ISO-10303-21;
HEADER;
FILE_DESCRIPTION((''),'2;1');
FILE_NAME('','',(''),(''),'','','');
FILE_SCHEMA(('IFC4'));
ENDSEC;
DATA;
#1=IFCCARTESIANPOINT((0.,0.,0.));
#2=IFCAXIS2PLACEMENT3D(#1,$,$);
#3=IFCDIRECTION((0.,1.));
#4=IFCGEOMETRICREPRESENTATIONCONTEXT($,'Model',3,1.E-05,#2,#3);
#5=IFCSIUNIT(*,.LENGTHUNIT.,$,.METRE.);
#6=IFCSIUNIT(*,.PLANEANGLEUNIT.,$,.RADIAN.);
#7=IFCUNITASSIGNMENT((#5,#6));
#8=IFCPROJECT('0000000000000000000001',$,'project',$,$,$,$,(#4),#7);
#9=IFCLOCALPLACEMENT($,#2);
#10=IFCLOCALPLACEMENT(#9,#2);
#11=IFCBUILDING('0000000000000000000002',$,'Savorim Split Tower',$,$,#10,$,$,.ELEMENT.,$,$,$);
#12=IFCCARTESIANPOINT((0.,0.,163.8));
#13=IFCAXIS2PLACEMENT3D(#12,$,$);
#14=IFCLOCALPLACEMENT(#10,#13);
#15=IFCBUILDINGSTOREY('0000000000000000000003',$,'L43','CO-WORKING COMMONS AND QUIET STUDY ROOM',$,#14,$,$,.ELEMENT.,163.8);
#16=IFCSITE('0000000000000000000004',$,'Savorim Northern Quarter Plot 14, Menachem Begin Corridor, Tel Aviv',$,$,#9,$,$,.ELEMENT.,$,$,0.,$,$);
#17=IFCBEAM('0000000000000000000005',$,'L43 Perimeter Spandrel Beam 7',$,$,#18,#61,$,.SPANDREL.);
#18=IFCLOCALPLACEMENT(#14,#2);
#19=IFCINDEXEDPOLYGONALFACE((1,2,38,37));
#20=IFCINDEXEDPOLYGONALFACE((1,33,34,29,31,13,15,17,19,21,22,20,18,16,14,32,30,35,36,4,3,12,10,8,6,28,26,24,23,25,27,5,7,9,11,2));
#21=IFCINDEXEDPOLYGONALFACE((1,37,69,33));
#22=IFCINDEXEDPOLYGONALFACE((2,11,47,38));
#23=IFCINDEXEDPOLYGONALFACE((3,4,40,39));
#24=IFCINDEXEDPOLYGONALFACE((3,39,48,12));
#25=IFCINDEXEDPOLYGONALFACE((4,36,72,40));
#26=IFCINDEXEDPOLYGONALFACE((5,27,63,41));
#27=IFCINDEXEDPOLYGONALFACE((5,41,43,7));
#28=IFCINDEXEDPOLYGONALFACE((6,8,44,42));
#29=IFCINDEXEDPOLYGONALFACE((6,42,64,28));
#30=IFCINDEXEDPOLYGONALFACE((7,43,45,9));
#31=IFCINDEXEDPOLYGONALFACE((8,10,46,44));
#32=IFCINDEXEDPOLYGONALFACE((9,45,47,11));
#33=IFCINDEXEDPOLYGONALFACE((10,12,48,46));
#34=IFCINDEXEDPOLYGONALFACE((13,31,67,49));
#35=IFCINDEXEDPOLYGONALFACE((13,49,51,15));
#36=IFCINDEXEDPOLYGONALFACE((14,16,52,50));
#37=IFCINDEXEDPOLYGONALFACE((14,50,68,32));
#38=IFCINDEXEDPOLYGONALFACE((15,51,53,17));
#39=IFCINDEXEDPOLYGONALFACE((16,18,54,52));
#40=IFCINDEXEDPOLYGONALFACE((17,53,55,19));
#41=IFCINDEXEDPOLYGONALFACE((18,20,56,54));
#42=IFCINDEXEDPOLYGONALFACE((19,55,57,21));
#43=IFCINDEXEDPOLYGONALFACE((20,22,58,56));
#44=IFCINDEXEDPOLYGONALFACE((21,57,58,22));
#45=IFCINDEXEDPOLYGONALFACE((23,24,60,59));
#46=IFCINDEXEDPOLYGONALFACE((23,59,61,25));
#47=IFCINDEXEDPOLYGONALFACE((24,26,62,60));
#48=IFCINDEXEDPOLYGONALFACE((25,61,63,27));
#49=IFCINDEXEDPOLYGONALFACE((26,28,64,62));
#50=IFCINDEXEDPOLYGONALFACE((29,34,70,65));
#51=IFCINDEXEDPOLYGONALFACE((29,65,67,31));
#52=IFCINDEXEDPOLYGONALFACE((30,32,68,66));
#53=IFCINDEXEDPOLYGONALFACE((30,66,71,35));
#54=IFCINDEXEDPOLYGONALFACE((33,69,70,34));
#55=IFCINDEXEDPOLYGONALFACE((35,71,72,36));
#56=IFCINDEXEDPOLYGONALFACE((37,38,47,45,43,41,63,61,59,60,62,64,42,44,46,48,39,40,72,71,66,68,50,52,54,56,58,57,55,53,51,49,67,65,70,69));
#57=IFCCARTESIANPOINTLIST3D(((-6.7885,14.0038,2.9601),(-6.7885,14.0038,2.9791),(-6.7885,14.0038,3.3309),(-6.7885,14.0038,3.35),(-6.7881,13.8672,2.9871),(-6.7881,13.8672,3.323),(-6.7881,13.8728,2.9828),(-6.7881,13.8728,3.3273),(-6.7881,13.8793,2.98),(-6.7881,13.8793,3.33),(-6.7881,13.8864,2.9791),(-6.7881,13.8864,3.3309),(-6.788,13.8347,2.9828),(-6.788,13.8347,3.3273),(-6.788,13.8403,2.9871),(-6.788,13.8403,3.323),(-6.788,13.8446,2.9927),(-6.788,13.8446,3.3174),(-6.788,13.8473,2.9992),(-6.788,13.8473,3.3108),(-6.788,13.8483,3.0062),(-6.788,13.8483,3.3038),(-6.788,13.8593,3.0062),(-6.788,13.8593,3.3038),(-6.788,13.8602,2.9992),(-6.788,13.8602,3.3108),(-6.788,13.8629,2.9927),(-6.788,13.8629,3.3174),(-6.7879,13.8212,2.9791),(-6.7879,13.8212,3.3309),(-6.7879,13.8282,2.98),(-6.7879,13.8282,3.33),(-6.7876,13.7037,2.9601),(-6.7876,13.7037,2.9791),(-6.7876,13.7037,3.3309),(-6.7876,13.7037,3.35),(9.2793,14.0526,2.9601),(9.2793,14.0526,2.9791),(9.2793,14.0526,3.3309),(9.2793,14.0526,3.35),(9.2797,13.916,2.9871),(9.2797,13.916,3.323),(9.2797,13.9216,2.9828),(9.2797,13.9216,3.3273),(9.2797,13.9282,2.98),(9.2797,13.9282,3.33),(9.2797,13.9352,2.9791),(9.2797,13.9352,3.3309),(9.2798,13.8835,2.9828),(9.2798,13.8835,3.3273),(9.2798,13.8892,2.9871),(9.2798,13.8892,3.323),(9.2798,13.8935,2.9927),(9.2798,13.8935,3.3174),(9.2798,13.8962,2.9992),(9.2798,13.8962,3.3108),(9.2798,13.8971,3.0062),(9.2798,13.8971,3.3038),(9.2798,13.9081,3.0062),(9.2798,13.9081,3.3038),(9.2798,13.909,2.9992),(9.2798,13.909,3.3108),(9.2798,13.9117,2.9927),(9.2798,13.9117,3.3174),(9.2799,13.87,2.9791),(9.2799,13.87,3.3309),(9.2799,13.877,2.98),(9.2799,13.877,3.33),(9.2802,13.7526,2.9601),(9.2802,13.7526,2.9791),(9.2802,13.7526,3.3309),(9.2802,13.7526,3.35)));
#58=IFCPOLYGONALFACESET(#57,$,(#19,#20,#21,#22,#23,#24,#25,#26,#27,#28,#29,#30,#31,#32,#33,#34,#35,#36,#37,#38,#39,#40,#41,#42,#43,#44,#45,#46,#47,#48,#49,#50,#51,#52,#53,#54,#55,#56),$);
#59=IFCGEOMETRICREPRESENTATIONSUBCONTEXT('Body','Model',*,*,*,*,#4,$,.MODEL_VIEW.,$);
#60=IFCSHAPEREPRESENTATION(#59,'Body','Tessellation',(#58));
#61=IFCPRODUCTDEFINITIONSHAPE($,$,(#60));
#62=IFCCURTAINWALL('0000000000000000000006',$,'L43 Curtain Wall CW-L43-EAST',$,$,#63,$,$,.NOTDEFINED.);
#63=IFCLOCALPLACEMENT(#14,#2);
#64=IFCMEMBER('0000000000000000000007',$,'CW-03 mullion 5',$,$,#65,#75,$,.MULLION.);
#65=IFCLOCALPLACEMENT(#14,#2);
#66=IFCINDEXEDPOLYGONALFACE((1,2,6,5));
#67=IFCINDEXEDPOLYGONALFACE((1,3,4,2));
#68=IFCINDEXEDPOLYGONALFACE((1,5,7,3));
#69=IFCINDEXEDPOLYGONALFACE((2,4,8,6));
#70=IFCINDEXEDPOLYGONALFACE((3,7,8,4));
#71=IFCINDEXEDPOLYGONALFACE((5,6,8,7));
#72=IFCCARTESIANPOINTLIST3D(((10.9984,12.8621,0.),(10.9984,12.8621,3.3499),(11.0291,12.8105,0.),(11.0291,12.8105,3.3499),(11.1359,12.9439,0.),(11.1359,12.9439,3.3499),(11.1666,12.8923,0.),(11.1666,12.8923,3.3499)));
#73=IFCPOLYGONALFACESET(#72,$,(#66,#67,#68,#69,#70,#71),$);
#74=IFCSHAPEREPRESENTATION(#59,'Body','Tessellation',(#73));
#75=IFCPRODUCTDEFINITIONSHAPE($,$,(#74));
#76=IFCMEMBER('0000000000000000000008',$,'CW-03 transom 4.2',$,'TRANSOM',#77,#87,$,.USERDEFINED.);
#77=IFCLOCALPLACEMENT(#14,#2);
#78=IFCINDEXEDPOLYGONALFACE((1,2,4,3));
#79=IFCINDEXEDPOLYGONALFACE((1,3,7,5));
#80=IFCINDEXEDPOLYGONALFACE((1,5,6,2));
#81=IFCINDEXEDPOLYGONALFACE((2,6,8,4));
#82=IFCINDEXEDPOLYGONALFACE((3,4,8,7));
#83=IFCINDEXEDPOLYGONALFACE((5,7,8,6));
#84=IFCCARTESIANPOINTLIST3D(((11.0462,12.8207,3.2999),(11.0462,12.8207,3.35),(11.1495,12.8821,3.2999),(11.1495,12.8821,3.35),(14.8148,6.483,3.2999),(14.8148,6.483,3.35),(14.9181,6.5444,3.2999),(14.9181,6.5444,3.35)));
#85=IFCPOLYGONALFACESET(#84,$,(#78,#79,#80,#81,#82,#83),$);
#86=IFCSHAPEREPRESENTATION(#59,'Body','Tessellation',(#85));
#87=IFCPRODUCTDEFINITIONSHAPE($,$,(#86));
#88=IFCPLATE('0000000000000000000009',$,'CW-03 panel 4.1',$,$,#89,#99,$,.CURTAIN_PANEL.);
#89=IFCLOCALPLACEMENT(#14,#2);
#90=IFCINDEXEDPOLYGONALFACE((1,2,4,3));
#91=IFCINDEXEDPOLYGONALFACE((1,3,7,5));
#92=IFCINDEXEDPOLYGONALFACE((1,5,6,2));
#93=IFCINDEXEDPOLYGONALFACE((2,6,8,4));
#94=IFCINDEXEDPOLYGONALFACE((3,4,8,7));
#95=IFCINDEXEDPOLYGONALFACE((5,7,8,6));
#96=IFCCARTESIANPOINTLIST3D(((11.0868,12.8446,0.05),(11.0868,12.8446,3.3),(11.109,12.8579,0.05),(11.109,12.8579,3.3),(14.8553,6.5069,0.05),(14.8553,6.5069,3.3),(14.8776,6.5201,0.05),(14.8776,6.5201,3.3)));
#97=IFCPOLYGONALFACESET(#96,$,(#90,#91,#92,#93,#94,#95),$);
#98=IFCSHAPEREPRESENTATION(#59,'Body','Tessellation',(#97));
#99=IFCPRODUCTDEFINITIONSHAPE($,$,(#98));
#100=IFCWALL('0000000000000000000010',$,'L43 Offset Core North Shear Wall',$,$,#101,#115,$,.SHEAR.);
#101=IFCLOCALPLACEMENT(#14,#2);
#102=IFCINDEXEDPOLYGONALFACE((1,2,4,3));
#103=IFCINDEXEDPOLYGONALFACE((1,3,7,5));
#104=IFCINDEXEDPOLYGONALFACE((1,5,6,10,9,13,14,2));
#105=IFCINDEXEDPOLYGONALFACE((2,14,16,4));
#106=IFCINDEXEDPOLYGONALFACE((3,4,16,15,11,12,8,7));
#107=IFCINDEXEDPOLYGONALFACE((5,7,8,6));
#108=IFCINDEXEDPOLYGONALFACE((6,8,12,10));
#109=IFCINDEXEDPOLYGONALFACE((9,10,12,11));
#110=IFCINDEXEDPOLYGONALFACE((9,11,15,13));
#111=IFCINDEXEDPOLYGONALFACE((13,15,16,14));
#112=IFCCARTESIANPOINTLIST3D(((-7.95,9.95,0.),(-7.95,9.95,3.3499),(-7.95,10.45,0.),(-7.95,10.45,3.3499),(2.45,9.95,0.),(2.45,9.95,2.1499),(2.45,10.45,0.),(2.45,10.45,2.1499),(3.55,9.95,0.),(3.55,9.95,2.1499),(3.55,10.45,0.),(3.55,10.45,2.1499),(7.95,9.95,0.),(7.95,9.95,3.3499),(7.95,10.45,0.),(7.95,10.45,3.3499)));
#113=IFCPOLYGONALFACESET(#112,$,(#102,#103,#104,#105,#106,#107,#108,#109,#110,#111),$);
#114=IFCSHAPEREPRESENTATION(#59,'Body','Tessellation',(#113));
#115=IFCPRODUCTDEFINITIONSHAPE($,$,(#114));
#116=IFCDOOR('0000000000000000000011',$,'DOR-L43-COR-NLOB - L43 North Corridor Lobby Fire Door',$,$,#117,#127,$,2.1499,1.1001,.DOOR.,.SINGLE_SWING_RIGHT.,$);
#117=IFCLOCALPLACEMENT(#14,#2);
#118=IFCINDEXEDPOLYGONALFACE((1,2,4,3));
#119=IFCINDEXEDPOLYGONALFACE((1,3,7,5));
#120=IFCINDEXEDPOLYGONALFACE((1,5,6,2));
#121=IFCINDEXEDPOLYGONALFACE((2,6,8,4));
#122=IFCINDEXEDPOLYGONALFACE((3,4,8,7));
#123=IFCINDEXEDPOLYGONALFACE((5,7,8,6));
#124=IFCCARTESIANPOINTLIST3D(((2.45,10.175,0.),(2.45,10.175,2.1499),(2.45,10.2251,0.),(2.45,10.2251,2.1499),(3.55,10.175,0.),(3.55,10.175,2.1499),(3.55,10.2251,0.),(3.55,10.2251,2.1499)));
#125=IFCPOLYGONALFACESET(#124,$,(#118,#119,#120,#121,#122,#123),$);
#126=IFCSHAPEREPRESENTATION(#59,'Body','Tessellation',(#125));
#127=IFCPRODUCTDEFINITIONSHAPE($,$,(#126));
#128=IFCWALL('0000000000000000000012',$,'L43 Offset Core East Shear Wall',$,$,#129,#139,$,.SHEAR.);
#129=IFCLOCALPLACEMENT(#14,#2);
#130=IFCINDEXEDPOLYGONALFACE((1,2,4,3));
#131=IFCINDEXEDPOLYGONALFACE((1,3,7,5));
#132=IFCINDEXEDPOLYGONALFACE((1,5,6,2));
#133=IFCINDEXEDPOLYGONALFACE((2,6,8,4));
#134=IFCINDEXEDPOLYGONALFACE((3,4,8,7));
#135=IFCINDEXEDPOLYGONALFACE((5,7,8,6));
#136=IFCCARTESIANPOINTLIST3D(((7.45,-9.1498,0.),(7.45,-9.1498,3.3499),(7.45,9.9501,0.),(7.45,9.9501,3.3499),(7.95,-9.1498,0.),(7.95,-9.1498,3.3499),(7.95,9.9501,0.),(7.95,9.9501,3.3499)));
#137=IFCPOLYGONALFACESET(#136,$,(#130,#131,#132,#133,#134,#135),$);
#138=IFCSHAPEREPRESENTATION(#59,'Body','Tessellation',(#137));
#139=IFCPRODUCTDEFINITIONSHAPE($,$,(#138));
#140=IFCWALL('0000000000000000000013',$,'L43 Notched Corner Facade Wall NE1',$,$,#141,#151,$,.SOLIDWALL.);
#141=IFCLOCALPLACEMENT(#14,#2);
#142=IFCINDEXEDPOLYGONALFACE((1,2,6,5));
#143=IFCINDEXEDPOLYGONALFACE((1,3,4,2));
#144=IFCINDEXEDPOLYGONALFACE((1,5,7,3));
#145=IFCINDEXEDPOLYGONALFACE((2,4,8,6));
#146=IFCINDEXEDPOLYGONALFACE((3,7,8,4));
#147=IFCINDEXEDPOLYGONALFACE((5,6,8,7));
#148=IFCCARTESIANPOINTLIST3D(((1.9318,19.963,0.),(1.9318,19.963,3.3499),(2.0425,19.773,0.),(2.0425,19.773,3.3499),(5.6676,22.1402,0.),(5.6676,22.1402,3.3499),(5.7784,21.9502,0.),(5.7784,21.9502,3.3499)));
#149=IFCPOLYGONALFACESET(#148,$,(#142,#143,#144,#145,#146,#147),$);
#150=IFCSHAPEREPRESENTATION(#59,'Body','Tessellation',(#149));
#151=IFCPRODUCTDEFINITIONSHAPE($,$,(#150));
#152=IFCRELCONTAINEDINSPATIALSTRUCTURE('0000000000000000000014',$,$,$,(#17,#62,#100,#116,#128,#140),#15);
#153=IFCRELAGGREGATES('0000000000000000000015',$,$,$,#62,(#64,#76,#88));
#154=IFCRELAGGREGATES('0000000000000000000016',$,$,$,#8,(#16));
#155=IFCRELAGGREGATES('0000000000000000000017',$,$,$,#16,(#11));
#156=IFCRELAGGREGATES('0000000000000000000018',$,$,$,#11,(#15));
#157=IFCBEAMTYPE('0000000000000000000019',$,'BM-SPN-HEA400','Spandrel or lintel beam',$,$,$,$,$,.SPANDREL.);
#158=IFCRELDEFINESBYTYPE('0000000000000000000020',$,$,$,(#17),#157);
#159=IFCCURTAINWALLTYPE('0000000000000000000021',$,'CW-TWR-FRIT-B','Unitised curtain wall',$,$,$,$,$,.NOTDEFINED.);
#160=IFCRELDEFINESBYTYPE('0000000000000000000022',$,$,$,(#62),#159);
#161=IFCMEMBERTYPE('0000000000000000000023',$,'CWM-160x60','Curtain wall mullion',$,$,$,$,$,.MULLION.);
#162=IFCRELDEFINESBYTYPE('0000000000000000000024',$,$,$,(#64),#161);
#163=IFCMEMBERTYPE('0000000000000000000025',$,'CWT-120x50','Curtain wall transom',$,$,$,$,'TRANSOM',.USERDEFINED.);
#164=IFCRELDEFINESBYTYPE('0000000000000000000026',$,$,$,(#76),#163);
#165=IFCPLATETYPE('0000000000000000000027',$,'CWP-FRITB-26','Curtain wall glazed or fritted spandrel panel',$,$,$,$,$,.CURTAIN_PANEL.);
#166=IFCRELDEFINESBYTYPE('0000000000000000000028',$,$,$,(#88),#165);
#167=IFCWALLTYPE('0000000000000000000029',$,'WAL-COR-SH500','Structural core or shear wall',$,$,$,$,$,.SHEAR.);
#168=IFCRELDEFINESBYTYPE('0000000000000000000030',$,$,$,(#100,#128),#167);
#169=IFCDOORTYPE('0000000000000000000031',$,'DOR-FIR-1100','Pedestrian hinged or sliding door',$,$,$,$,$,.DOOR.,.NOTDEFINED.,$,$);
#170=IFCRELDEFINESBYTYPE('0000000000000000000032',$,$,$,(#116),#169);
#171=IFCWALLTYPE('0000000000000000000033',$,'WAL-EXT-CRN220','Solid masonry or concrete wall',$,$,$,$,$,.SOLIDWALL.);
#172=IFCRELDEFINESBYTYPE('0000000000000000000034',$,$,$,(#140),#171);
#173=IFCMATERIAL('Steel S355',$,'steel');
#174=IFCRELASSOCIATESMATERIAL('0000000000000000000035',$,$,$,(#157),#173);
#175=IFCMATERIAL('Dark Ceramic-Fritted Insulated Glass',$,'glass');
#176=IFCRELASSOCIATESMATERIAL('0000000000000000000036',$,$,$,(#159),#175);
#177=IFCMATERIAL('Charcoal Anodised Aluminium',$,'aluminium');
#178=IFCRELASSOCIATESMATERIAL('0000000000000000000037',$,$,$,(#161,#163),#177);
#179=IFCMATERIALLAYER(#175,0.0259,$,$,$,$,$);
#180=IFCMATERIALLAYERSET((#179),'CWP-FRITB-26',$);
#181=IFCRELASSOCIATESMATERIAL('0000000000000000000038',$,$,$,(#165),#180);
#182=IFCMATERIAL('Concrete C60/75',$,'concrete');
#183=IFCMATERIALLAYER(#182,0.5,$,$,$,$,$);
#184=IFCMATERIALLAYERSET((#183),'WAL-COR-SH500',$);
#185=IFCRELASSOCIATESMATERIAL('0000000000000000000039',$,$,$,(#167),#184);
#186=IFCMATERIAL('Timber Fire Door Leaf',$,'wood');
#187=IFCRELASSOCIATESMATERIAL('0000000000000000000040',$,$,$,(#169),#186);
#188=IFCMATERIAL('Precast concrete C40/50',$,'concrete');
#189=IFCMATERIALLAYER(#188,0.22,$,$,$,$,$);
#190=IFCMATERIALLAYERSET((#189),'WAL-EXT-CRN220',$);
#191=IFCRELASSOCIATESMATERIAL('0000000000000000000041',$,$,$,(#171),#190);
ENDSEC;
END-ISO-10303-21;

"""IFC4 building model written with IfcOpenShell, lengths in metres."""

from ifc_helpers import new_model, si_unit, direction, frame, frame_2d, origin, origin_2d, place, context, subcontext, project, spatial, rectangle, i_section, extrude, material, layer, layer_set, material_profile, profile_set, type_object, element, fill, aggregate, save


model = new_model("IFC4")

# Units and contexts
model_context = context("Model", 3, precision=1e-05, world=origin(), true_north=direction((0.0, 1.0)))
body_context = subcontext(model_context, "Body", "Model", "MODEL_VIEW")
ifc_project = project(units=[si_unit("LENGTHUNIT", "METRE"), si_unit("PLANEANGLEUNIT", "RADIAN")], contexts=[model_context])

# Site, building, storey
site_placement = place(None, origin())
site = spatial("IfcSite", under=ifc_project, at=site_placement, Name="Savorim Northern Quarter Plot 14, Menachem Begin Corridor, Tel Aviv", CompositionType="ELEMENT", RefElevation=0.0)
building_placement = place(site_placement, origin())
building = spatial("IfcBuilding", under=site, at=building_placement, Name="Savorim Split Tower", CompositionType="ELEMENT")
storey_placement = place(building_placement, frame((0.0, 0.0, 163.8)))
storey = spatial("IfcBuildingStorey", under=building, at=storey_placement, Name="L43", Description="CO-WORKING COMMONS AND QUIET STUDY ROOM", CompositionType="ELEMENT", Elevation=163.8)

# Beam
ifc_material_1 = material(Name="Steel S355", Category="steel")
ifc_material_profile_1 = material_profile(ifc_material_1, i_section(OverallWidth=0.3, OverallDepth=0.3899, WebThickness=0.011, FlangeThickness=0.019, FilletRadius=0.0271, at=origin_2d()), Name="HEA 400")
ifc_profile_set_1 = profile_set([ifc_material_profile_1], Name="Steel S355")
beam_type_1 = type_object("IfcBeamType", Name="BM-SPN-HEA400", Description="Spandrel or lintel beam", PredefinedType="SPANDREL", material=ifc_profile_set_1)
beam_1_placement = place(storey_placement, frame((9.2798, 13.9026, 3.155), z_axis=(-0.999995, -0.003039, 0.0), x_axis=(0.003039, -0.999995, 0.0)))
element("IfcBeam", 1, at=beam_1_placement, inside=storey, type_object=beam_type_1, Name="L43 Perimeter Spandrel Beam 7", PredefinedType="SPANDREL", context=body_context, shape_type="SweptSolid", body=[
    extrude(i_section(OverallWidth=0.3, OverallDepth=0.3899, WebThickness=0.011, FlangeThickness=0.019, FilletRadius=0.0271, at=origin_2d()), origin(), (0.0, 0.0, 1.0), 16.0679),
])

# Curtain wall, members, plate
ifc_material_2 = material(Name="Dark Ceramic-Fritted Insulated Glass", Category="glass")
curtain_wall_type = type_object("IfcCurtainWallType", Name="CW-TWR-FRIT-B", Description="Unitised curtain wall", PredefinedType="NOTDEFINED", material=ifc_material_2)
curtain_wall_placement = place(storey_placement, origin())
curtain_wall = element("IfcCurtainWall", 2, at=curtain_wall_placement, inside=storey, type_object=curtain_wall_type, Name="L43 Curtain Wall CW-L43-EAST", PredefinedType="NOTDEFINED")
ifc_material_3 = material(Name="Charcoal Anodised Aluminium", Category="aluminium")
ifc_material_profile_2 = material_profile(ifc_material_3, rectangle(XDim=0.1599, YDim=0.0601, at=origin_2d()), Name="ALU-M 160x60")
ifc_profile_set_2 = profile_set([ifc_material_profile_2], Name="Charcoal Anodised Aluminium")
member_type_1 = type_object("IfcMemberType", Name="CWM-160x60", Description="Curtain wall mullion", PredefinedType="MULLION", material=ifc_profile_set_2)
member_1_placement = place(storey_placement, frame((11.0825, 12.8772, 0.0), z_axis=(0.0, 0.0, 1.0), x_axis=(-0.859525, -0.511094, 0.0)))
member_1 = element("IfcMember", 3, at=member_1_placement, type_object=member_type_1, Name="CW-03 mullion 5", PredefinedType="MULLION", context=body_context, shape_type="SweptSolid", body=[
    extrude(rectangle(XDim=0.1599, YDim=0.0601, at=origin_2d()), origin(), (0.0, 0.0, 1.0), 3.3499),
])
ifc_material_profile_3 = material_profile(ifc_material_3, rectangle(XDim=0.1201, YDim=0.05, at=origin_2d()), Name="ALU-T 120x50")
ifc_profile_set_3 = profile_set([ifc_material_profile_3], Name="Charcoal Anodised Aluminium")
member_type_2 = type_object("IfcMemberType", Name="CWT-120x50", Description="Curtain wall transom", ElementType="TRANSOM", PredefinedType="USERDEFINED", material=ifc_profile_set_3)
member_2_placement = place(storey_placement, frame((14.8665, 6.5137, 3.325), z_axis=(-0.511098, 0.859523, 0.0), x_axis=(-0.859523, -0.511098, 0.0)))
member_2 = element("IfcMember", 4, at=member_2_placement, type_object=member_type_2, Name="CW-03 transom 4.2", ObjectType="TRANSOM", PredefinedType="USERDEFINED", context=body_context, shape_type="SweptSolid", body=[
    extrude(rectangle(XDim=0.1201, YDim=0.05, at=origin_2d()), origin(), (0.0, 0.0, 1.0), 7.3735),
])
ifc_layer_1 = layer(ifc_material_2, 0.0259)
ifc_layer_set_1 = layer_set([ifc_layer_1], Name="CWP-FRITB-26")
plate_type = type_object("IfcPlateType", Name="CWP-FRITB-26", Description="Curtain wall glazed or fritted spandrel panel", PredefinedType="CURTAIN_PANEL", material=ifc_layer_set_1)
plate_placement = place(storey_placement, frame((12.9822, 9.6824, 0.05), z_axis=(0.0, 0.0, 1.0), x_axis=(-0.511094, 0.859525, 0.0)))
plate = element("IfcPlate", 5, at=plate_placement, type_object=plate_type, Name="CW-03 panel 4.1", PredefinedType="CURTAIN_PANEL", context=body_context, shape_type="SweptSolid", body=[
    extrude(rectangle(XDim=7.3735, YDim=0.0259, at=origin_2d()), origin(), (0.0, 0.0, 1.0), 3.25),
])
aggregate(curtain_wall, [member_1, member_2, plate])

# Wall, opening, door
ifc_material_4 = material(Name="Concrete C60/75", Category="concrete")
ifc_layer_2 = layer(ifc_material_4, 0.5)
ifc_layer_set_2 = layer_set([ifc_layer_2], Name="WAL-COR-SH500")
wall_type_1 = type_object("IfcWallType", Name="WAL-COR-SH500", Description="Structural core or shear wall", PredefinedType="SHEAR", material=ifc_layer_set_2)
wall_1_placement = place(storey_placement, frame((7.95, 10.2, 0.0), z_axis=(0.0, 0.0, 1.0), x_axis=(-1.0, 0.0, 0.0)))
wall_1 = element("IfcWall", 6, at=wall_1_placement, inside=storey, type_object=wall_type_1, Name="L43 Offset Core North Shear Wall", PredefinedType="SHEAR", context=body_context, shape_type="SweptSolid", body=[
    extrude(rectangle(XDim=15.8999, YDim=0.5, at=frame_2d((7.95, 0.0))), origin(), (0.0, 0.0, 1.0), 3.3499),
])
opening_1_placement = place(wall_1_placement, frame((4.3999, 0.0, 0.0)))
opening_1 = element("IfcOpeningElement", 7, at=opening_1_placement, cuts=wall_1, PredefinedType="OPENING", context=body_context, shape_type="SweptSolid", body=[
    extrude(rectangle(XDim=1.1001, YDim=2.1499, at=frame_2d((0.55, 1.075))), frame((0.0, 0.26, 0.0), z_axis=(0.0, -1.0, 0.0), x_axis=(1.0, 0.0, 0.0)), (0.0, 0.0, 1.0), 0.52),
])
ifc_material_5 = material(Name="Timber Fire Door Leaf", Category="wood")
door_type_1 = type_object("IfcDoorType", Name="DOR-FIR-1100", Description="Pedestrian hinged or sliding door", OperationType="NOTDEFINED", PredefinedType="DOOR", material=ifc_material_5)
door_1_placement = place(opening_1_placement, origin())
door_1 = element("IfcDoor", 8, at=door_1_placement, inside=storey, type_object=door_type_1, Name="DOR-L43-COR-NLOB - L43 North Corridor Lobby Fire Door", OperationType="SINGLE_SWING_RIGHT", OverallHeight=2.1499, OverallWidth=1.1001, PredefinedType="DOOR", context=body_context, shape_type="SweptSolid", body=[
    extrude(rectangle(XDim=1.1001, YDim=2.1499, at=frame_2d((0.55, 1.075))), frame((0.0, 0.0249, 0.0), z_axis=(0.0, -1.0, 0.0), x_axis=(1.0, 0.0, 0.0)), (0.0, 0.0, 1.0), 0.05),
])
fill(opening_1, door_1)

# Walls
wall_2_placement = place(storey_placement, frame((7.7, 9.95, 0.0), z_axis=(0.0, 0.0, 1.0), x_axis=(0.0, -1.0, 0.0)))
element("IfcWall", 9, at=wall_2_placement, inside=storey, type_object=wall_type_1, Name="L43 Offset Core East Shear Wall", PredefinedType="SHEAR", context=body_context, shape_type="SweptSolid", body=[
    extrude(rectangle(XDim=19.0999, YDim=0.5, at=frame_2d((9.5498, 0.0))), origin(), (0.0, 0.0, 1.0), 3.3499),
])
ifc_material_6 = material(Name="Precast concrete C40/50", Category="concrete")
ifc_layer_3 = layer(ifc_material_6, 0.22)
ifc_layer_set_3 = layer_set([ifc_layer_3], Name="WAL-EXT-CRN220")
wall_type_2 = type_object("IfcWallType", Name="WAL-EXT-CRN220", Description="Solid masonry or concrete wall", PredefinedType="SOLIDWALL", material=ifc_layer_set_3)
wall_3_placement = place(storey_placement, frame((1.9871, 19.8679, 0.0), z_axis=(0.0, 0.0, 1.0), x_axis=(0.86398, 0.503527, 0.0)))
element("IfcWall", 10, at=wall_3_placement, inside=storey, type_object=wall_type_2, Name="L43 Notched Corner Facade Wall NE1", PredefinedType="SOLIDWALL", context=body_context, shape_type="SweptSolid", body=[
    extrude(rectangle(XDim=4.324, YDim=0.22, at=frame_2d((2.1621, 0.0))), origin(), (0.0, 0.0, 1.0), 3.3499),
])

save(model, "model.ifc")
